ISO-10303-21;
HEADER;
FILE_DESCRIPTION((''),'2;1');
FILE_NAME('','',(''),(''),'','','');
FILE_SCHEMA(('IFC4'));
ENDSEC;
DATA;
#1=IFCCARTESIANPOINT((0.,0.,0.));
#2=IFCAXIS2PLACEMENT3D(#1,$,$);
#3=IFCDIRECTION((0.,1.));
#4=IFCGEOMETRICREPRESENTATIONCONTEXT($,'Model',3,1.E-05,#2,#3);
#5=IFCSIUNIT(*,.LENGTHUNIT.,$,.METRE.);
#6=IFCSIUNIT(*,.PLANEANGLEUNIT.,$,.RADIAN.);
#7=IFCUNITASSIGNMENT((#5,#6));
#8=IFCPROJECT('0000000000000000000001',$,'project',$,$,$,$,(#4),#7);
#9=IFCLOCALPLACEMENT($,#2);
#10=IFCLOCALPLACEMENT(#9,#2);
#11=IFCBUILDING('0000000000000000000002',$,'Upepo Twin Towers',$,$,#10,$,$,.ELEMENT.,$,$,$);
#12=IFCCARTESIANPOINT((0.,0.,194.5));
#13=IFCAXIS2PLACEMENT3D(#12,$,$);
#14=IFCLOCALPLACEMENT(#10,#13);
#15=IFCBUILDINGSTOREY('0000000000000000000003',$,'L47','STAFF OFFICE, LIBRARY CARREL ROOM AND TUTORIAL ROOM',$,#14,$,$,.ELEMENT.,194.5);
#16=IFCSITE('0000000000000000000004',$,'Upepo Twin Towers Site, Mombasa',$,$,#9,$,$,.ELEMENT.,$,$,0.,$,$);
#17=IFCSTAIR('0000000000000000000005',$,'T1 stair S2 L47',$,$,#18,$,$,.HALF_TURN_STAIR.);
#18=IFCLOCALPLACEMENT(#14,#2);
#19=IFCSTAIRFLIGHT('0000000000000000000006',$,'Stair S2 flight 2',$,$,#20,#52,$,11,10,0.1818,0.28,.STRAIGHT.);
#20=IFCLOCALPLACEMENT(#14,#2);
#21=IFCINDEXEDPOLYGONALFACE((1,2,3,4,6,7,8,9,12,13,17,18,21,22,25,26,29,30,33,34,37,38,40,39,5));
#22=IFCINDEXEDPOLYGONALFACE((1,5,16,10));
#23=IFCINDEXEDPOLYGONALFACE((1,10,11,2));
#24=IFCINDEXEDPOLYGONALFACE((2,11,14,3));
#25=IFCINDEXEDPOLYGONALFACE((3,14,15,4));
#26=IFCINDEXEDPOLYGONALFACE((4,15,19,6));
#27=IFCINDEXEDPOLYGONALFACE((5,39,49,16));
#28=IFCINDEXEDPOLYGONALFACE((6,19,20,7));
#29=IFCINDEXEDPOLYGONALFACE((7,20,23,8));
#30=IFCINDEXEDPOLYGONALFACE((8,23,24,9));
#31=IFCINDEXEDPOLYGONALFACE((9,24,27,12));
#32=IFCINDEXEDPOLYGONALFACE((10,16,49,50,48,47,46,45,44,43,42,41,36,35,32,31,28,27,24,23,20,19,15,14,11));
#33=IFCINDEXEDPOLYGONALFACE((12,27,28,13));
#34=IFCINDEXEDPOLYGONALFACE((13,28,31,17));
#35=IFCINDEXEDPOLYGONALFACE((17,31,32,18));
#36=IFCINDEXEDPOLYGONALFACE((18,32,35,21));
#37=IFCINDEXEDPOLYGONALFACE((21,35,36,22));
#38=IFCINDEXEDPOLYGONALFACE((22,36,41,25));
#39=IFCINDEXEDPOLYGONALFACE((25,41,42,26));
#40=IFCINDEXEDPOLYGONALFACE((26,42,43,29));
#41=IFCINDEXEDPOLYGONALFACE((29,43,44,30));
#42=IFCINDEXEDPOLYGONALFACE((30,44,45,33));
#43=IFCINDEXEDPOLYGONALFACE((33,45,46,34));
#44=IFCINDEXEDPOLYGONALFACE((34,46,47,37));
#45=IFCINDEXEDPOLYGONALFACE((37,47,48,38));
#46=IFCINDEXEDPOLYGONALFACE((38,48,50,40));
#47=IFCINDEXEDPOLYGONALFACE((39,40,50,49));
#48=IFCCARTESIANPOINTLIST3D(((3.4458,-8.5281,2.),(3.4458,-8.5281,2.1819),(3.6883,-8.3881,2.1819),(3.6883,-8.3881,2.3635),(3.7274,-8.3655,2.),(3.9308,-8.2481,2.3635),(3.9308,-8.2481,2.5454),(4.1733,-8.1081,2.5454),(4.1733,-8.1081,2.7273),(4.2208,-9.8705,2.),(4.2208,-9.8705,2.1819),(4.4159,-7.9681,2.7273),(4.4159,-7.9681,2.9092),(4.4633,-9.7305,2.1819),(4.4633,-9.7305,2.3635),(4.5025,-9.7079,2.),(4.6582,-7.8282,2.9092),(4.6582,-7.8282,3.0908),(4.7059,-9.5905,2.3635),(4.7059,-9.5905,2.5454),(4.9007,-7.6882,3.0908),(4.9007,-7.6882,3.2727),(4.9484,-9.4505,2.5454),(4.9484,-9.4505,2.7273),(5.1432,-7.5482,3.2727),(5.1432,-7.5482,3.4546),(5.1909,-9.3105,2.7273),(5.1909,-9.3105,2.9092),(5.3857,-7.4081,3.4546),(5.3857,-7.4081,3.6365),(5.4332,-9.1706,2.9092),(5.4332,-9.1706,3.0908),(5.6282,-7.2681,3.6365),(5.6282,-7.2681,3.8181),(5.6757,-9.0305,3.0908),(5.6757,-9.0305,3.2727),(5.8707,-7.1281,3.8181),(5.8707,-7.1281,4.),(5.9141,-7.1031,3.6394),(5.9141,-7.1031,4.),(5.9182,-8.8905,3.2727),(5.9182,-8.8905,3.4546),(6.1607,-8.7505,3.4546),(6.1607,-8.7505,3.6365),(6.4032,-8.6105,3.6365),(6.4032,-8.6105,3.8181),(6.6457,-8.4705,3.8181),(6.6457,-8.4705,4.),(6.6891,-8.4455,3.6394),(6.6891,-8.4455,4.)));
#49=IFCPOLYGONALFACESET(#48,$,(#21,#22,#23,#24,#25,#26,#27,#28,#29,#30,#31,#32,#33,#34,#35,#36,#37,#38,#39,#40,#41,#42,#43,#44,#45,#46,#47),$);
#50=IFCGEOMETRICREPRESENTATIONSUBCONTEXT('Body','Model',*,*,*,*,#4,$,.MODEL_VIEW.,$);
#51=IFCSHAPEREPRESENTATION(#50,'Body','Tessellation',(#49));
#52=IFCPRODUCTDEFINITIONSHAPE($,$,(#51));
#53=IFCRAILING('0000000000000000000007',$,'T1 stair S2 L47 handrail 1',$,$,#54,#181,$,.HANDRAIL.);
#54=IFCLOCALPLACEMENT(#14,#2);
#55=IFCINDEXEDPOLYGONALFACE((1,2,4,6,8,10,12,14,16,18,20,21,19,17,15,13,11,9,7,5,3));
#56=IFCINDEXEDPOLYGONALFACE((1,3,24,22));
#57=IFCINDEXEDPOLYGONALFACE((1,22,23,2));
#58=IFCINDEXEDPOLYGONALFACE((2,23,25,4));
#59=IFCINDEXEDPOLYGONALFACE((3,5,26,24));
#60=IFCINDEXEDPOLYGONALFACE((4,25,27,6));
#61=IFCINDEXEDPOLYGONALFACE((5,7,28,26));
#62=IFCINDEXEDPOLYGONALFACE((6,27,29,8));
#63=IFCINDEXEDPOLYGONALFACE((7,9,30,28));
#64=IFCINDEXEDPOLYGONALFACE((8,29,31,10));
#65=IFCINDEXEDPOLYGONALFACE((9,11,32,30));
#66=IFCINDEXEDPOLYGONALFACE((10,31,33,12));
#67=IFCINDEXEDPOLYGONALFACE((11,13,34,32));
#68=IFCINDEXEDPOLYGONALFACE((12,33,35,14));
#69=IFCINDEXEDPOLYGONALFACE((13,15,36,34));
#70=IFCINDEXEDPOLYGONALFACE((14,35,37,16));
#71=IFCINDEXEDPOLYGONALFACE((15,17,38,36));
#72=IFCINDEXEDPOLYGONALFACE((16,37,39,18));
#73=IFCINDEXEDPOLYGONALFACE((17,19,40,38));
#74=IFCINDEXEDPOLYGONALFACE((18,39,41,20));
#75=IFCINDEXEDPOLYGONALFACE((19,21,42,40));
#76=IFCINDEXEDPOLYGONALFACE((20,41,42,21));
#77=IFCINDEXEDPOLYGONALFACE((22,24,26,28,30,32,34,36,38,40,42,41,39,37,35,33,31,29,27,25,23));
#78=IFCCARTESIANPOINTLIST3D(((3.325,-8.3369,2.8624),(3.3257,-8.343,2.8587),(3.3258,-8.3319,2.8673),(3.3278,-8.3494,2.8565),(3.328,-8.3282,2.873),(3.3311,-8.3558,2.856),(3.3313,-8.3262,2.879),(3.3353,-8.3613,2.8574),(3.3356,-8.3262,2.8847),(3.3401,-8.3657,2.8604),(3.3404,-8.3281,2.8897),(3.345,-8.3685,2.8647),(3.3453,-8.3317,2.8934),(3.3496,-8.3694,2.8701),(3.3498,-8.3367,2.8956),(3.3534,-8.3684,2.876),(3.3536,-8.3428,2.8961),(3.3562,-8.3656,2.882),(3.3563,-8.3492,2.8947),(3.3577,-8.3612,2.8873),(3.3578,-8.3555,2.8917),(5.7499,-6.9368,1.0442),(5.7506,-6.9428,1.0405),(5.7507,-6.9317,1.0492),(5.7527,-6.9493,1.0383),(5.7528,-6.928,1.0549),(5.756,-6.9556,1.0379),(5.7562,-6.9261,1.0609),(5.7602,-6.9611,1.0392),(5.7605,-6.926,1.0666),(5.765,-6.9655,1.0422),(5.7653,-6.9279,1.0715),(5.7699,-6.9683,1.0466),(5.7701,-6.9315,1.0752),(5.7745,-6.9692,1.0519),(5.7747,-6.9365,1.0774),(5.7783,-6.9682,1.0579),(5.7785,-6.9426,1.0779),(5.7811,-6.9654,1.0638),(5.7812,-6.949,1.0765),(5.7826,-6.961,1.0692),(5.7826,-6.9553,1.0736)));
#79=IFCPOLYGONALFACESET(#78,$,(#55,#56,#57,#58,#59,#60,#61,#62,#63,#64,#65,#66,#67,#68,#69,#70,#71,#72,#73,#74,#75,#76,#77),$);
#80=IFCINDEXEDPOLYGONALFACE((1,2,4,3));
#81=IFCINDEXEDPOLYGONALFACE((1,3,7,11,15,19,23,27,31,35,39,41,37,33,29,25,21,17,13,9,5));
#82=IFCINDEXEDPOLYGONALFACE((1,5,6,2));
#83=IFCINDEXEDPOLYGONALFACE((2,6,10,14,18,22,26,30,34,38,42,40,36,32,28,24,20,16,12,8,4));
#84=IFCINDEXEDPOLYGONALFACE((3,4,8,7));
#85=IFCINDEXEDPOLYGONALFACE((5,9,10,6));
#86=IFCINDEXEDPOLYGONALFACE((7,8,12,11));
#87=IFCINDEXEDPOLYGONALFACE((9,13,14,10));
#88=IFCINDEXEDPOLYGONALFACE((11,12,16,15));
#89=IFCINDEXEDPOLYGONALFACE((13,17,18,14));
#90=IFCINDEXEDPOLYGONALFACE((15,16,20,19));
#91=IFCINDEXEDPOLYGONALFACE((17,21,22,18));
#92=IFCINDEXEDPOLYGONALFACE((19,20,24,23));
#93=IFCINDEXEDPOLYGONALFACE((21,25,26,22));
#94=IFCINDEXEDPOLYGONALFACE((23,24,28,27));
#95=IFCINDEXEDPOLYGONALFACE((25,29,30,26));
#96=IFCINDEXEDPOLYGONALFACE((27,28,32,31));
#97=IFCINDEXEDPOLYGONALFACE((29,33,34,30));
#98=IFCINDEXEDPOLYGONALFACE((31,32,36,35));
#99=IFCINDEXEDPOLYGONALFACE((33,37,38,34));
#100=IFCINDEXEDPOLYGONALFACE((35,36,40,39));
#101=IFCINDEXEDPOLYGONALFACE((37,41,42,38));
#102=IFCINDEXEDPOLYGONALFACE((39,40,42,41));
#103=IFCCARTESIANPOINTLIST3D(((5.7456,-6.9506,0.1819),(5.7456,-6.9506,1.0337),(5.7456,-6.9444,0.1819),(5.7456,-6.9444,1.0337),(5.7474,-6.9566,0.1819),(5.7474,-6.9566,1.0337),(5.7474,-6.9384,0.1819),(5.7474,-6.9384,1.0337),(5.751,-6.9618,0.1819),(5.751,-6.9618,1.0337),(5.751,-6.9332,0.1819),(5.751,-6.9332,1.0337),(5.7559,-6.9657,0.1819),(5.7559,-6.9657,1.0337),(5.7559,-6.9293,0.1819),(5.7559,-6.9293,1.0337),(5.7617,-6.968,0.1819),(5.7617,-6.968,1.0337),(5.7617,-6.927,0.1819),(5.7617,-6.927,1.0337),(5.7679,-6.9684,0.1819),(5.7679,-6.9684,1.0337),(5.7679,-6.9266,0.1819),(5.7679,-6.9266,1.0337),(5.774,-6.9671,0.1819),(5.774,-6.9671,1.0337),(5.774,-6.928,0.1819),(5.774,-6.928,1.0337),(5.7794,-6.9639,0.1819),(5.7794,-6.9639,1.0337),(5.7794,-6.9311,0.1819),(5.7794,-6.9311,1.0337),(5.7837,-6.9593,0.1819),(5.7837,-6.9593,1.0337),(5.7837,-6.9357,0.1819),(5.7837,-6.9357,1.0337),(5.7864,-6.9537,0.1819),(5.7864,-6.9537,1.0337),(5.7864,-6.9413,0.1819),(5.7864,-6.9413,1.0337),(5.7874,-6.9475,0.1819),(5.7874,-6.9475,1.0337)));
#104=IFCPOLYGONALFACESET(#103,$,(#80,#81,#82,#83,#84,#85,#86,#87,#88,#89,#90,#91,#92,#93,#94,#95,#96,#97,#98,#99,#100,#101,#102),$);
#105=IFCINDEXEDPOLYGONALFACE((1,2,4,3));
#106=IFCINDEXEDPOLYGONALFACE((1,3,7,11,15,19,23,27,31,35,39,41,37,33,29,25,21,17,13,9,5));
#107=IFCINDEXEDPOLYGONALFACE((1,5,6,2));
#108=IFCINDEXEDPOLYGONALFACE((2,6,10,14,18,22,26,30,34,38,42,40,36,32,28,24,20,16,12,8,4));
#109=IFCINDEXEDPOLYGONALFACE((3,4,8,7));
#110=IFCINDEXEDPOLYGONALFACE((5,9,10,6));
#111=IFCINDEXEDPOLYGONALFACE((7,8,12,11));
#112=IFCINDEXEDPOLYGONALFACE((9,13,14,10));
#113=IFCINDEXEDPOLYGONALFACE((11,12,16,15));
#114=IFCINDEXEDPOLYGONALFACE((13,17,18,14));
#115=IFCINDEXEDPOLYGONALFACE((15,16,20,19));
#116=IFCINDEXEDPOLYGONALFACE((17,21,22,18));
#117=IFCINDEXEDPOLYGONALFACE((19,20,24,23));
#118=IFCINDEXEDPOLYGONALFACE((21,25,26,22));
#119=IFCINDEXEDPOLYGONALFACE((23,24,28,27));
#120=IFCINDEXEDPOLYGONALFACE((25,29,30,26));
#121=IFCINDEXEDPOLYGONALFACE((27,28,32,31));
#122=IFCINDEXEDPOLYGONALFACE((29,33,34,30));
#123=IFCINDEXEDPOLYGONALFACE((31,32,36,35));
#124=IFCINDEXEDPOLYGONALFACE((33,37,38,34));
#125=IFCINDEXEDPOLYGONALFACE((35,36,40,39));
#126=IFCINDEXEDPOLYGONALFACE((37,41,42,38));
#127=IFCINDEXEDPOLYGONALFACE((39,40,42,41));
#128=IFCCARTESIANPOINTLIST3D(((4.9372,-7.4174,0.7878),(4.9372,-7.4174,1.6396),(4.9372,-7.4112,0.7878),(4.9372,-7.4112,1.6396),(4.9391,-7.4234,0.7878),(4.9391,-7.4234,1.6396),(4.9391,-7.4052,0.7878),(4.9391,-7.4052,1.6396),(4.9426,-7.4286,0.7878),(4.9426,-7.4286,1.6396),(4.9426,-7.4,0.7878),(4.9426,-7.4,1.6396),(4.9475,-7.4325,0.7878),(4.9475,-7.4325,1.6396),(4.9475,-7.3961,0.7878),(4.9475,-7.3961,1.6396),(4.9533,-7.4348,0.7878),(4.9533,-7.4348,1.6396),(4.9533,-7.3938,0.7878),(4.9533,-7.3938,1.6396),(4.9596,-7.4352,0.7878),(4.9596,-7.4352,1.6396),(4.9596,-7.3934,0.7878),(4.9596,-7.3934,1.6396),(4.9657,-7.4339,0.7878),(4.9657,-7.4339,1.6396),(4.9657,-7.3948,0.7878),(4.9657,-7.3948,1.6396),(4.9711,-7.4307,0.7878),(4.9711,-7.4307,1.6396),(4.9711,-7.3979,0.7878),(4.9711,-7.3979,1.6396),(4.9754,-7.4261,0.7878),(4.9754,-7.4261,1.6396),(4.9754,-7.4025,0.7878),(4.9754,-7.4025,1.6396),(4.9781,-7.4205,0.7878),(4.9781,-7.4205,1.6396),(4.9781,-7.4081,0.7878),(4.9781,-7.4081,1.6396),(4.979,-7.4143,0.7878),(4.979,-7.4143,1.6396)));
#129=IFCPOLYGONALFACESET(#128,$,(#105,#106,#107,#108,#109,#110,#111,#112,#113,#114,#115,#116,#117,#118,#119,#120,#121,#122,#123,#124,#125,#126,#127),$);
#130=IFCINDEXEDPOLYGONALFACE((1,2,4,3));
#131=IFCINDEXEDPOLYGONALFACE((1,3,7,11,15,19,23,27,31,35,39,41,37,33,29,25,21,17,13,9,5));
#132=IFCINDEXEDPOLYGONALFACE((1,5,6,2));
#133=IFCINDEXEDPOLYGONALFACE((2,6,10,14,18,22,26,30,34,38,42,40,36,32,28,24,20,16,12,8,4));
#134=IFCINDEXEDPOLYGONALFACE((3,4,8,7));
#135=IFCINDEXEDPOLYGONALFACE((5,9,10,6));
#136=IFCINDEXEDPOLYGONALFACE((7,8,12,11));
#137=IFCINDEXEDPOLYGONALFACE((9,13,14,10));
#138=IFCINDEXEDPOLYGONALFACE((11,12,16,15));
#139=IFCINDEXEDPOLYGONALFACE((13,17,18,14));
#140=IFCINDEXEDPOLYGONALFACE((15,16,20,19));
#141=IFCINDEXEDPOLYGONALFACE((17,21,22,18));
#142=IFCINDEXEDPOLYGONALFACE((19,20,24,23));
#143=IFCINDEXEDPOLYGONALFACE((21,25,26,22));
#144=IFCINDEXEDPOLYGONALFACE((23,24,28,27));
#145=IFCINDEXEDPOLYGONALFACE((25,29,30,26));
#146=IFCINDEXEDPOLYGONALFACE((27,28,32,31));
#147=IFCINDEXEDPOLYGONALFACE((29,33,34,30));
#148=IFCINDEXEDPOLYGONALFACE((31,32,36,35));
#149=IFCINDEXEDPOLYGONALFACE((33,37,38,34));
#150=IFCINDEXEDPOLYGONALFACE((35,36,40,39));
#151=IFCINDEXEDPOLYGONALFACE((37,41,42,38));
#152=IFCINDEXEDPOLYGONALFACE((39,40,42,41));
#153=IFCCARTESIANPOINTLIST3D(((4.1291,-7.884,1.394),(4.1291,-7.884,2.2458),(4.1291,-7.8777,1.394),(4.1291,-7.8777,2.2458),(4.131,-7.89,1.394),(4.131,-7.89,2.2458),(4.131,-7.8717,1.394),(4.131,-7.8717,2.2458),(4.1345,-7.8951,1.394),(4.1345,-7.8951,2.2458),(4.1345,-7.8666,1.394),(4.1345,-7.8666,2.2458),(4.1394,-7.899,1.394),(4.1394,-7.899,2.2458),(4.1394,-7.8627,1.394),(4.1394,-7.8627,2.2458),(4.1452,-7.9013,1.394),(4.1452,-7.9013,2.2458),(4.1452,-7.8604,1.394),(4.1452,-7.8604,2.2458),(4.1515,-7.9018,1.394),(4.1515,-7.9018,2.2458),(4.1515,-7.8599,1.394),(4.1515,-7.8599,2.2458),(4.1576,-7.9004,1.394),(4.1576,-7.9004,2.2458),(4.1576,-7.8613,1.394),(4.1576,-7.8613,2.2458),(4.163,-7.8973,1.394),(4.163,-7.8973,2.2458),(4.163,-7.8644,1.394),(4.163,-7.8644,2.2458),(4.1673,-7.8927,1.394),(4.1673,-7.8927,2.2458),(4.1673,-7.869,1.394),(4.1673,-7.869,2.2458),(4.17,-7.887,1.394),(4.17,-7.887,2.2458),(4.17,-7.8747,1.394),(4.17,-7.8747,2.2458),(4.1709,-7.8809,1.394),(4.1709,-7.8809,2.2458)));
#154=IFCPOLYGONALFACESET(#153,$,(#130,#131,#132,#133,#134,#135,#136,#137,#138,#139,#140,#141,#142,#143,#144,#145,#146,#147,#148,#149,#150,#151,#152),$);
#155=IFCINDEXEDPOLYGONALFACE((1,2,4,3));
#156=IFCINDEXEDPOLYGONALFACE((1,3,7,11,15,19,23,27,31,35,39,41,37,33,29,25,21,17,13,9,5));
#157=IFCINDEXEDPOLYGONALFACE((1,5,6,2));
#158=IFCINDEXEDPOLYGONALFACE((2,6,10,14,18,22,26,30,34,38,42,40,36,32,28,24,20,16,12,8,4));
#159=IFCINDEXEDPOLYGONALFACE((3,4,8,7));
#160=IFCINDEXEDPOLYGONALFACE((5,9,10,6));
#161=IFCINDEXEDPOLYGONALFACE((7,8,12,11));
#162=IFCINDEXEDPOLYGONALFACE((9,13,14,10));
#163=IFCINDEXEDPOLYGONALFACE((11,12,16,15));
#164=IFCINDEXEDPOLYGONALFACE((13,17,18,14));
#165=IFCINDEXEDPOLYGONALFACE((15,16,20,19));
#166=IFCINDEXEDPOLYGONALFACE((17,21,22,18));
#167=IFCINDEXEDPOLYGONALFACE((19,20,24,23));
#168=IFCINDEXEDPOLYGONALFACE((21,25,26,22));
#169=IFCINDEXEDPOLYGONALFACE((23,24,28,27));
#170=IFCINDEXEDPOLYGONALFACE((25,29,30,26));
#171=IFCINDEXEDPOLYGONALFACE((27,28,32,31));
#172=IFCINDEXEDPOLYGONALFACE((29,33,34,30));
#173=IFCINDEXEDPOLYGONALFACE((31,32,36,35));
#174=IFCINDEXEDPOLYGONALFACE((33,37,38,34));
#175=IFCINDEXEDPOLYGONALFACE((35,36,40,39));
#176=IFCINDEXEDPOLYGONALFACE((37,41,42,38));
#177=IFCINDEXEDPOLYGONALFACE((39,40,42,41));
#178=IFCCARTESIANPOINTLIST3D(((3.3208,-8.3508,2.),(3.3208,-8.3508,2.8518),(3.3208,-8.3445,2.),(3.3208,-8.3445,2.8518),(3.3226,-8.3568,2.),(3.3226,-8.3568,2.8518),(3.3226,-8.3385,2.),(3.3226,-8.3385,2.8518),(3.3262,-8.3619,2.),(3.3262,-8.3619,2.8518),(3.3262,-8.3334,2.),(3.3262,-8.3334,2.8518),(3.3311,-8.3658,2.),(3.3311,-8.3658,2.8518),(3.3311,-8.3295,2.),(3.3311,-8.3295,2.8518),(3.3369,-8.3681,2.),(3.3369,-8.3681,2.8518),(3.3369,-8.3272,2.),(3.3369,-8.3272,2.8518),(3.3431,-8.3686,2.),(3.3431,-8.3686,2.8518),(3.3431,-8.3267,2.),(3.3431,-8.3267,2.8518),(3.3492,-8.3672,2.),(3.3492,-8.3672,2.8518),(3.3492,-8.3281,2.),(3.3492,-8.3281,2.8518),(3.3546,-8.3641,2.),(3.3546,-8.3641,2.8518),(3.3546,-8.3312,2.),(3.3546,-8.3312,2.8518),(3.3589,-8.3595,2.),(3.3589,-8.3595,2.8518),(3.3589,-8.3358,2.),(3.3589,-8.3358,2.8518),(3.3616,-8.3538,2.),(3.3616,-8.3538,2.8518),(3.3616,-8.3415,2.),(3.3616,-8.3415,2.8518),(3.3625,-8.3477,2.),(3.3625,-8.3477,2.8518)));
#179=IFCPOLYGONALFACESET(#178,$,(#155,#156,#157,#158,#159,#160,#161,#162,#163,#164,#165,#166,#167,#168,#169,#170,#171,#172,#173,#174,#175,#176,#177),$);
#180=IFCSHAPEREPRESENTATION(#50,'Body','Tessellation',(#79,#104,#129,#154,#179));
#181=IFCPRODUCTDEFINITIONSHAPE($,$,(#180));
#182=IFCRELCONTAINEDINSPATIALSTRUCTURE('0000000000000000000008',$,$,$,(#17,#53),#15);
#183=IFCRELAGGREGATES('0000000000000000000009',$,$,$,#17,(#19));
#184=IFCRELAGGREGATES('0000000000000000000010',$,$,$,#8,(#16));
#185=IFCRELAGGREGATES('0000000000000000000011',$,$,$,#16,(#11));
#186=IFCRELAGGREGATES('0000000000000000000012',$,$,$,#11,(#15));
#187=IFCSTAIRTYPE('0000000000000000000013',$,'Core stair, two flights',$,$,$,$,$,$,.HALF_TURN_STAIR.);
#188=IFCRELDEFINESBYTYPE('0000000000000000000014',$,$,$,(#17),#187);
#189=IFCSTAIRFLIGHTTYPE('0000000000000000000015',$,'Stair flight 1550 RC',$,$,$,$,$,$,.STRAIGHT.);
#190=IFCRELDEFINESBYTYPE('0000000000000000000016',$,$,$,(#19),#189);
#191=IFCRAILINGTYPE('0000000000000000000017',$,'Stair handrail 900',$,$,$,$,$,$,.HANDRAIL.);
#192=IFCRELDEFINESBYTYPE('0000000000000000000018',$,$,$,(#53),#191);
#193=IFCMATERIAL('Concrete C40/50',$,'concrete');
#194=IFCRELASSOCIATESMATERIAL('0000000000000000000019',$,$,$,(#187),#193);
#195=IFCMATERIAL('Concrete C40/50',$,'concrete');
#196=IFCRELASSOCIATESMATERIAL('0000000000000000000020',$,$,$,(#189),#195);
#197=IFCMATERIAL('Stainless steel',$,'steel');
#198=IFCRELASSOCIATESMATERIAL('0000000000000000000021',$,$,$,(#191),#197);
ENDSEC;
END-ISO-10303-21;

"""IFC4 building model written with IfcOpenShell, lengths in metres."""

from ifc_helpers import new_model, si_unit, direction, frame, origin, origin_2d, place, context, subcontext, project, spatial, polyline, circle, outline, extrude, material, type_object, element, aggregate, save


model = new_model("IFC4")

# Units and contexts
model_context = context("Model", 3, precision=1e-05, world=origin(), true_north=direction((0.0, 1.0)))
body_context = subcontext(model_context, "Body", "Model", "MODEL_VIEW")
ifc_project = project(units=[si_unit("LENGTHUNIT", "METRE"), si_unit("PLANEANGLEUNIT", "RADIAN")], contexts=[model_context])

# Site, building, storey
site_placement = place(None, origin())
site = spatial("IfcSite", under=ifc_project, at=site_placement, Name="Upepo Twin Towers Site, Mombasa", CompositionType="ELEMENT", RefElevation=0.0)
building_placement = place(site_placement, origin())
building = spatial("IfcBuilding", under=site, at=building_placement, Name="Upepo Twin Towers", CompositionType="ELEMENT")
storey_placement = place(building_placement, frame((0.0, 0.0, 194.5)))
storey = spatial("IfcBuildingStorey", under=building, at=storey_placement, Name="L47", Description="STAFF OFFICE, LIBRARY CARREL ROOM AND TUTORIAL ROOM", CompositionType="ELEMENT", Elevation=194.5)

# Stair
ifc_material_1 = material(Name="Concrete C40/50", Category="concrete")
stair_type = type_object("IfcStairType", Name="Core stair, two flights", PredefinedType="HALF_TURN_STAIR", material=ifc_material_1)
stair_placement = place(storey_placement, origin())
stair = element("IfcStair", 1, at=stair_placement, inside=storey, type_object=stair_type, Name="T1 stair S2 L47", PredefinedType="HALF_TURN_STAIR")

# Stair flight
ifc_material_2 = material(Name="Concrete C40/50", Category="concrete")
stair_flight_type = type_object("IfcStairFlightType", Name="Stair flight 1550 RC", PredefinedType="STRAIGHT", material=ifc_material_2)
stair_flight_1_placement = place(storey_placement, frame((3.8333, -9.1992, 2.0), z_axis=(0.0, 0.0, 1.0), x_axis=(0.866025, 0.5, 0.0)))
stair_flight_1 = element("IfcStairFlight", 2, at=stair_flight_1_placement, type_object=stair_flight_type, Name="Stair S2 flight 2", NumberOfRisers=11, NumberOfTreads=10, PredefinedType="STRAIGHT", RiserHeight=0.1818, TreadLength=0.28, context=body_context, shape_type="SweptSolid", body=[
    extrude(outline(polyline([(0.0, 0.0), (0.0, 0.1819), (0.28, 0.1819), (0.28, 0.3635), (0.5601, 0.3635), (0.5601, 0.5454), (0.8401, 0.5454), (0.8401, 0.7273), (1.1201, 0.7273), (1.1201, 0.9092), (1.3999, 0.9092), (1.3999, 1.0908), (1.6799, 1.0908), (1.6799, 1.2727), (1.96, 1.2727), (1.96, 1.4546), (2.24, 1.4546), (2.24, 1.6365), (2.52, 1.6365), (2.52, 1.8181), (2.8, 1.8181), (2.8, 2.0), (2.8501, 2.0), (2.8501, 1.6394), (0.3252, 0.0), (0.0, 0.0)])), frame((0.0, 0.7749, 0.0), z_axis=(0.0, -1.0, 0.0), x_axis=(1.0, 0.0, 0.0)), (0.0, 0.0, 1.0), 1.55),
])
aggregate(stair, [stair_flight_1])

# Railing
ifc_material_3 = material(Name="Stainless steel", Category="steel")
railing_type = type_object("IfcRailingType", Name="Stair handrail 900", PredefinedType="HANDRAIL", material=ifc_material_3)
railing_1_placement = place(storey_placement, frame((5.7664, -6.9475, 0.1819)))
element("IfcRailing", 3, at=railing_1_placement, inside=storey, type_object=railing_type, Name="T1 stair S2 L47 handrail 1", PredefinedType="HANDRAIL", context=body_context, shape_type="SweptSolid", body=[
    extrude(circle(Radius=0.0239, at=origin_2d()), frame((0.0, 0.0, 0.876), z_axis=(-0.726314, -0.419393, 0.544589), x_axis=(0.50005, -0.865997, 0.0)), (0.0, 0.0, 1.0), 3.3386),
    extrude(circle(Radius=0.021, at=origin_2d()), origin(), (0.0, 0.0, 1.0), 0.8518),
    extrude(circle(Radius=0.021, at=origin_2d()), frame((-0.8083, -0.4668, 0.606)), (0.0, 0.0, 1.0), 0.8518),
    extrude(circle(Radius=0.021, at=origin_2d()), frame((-1.6165, -0.9333, 1.2122)), (0.0, 0.0, 1.0), 0.8518),
    extrude(circle(Radius=0.021, at=origin_2d()), frame((-2.4248, -1.4001, 1.8181)), (0.0, 0.0, 1.0), 0.8518),
])

save(model, "model.ifc")
